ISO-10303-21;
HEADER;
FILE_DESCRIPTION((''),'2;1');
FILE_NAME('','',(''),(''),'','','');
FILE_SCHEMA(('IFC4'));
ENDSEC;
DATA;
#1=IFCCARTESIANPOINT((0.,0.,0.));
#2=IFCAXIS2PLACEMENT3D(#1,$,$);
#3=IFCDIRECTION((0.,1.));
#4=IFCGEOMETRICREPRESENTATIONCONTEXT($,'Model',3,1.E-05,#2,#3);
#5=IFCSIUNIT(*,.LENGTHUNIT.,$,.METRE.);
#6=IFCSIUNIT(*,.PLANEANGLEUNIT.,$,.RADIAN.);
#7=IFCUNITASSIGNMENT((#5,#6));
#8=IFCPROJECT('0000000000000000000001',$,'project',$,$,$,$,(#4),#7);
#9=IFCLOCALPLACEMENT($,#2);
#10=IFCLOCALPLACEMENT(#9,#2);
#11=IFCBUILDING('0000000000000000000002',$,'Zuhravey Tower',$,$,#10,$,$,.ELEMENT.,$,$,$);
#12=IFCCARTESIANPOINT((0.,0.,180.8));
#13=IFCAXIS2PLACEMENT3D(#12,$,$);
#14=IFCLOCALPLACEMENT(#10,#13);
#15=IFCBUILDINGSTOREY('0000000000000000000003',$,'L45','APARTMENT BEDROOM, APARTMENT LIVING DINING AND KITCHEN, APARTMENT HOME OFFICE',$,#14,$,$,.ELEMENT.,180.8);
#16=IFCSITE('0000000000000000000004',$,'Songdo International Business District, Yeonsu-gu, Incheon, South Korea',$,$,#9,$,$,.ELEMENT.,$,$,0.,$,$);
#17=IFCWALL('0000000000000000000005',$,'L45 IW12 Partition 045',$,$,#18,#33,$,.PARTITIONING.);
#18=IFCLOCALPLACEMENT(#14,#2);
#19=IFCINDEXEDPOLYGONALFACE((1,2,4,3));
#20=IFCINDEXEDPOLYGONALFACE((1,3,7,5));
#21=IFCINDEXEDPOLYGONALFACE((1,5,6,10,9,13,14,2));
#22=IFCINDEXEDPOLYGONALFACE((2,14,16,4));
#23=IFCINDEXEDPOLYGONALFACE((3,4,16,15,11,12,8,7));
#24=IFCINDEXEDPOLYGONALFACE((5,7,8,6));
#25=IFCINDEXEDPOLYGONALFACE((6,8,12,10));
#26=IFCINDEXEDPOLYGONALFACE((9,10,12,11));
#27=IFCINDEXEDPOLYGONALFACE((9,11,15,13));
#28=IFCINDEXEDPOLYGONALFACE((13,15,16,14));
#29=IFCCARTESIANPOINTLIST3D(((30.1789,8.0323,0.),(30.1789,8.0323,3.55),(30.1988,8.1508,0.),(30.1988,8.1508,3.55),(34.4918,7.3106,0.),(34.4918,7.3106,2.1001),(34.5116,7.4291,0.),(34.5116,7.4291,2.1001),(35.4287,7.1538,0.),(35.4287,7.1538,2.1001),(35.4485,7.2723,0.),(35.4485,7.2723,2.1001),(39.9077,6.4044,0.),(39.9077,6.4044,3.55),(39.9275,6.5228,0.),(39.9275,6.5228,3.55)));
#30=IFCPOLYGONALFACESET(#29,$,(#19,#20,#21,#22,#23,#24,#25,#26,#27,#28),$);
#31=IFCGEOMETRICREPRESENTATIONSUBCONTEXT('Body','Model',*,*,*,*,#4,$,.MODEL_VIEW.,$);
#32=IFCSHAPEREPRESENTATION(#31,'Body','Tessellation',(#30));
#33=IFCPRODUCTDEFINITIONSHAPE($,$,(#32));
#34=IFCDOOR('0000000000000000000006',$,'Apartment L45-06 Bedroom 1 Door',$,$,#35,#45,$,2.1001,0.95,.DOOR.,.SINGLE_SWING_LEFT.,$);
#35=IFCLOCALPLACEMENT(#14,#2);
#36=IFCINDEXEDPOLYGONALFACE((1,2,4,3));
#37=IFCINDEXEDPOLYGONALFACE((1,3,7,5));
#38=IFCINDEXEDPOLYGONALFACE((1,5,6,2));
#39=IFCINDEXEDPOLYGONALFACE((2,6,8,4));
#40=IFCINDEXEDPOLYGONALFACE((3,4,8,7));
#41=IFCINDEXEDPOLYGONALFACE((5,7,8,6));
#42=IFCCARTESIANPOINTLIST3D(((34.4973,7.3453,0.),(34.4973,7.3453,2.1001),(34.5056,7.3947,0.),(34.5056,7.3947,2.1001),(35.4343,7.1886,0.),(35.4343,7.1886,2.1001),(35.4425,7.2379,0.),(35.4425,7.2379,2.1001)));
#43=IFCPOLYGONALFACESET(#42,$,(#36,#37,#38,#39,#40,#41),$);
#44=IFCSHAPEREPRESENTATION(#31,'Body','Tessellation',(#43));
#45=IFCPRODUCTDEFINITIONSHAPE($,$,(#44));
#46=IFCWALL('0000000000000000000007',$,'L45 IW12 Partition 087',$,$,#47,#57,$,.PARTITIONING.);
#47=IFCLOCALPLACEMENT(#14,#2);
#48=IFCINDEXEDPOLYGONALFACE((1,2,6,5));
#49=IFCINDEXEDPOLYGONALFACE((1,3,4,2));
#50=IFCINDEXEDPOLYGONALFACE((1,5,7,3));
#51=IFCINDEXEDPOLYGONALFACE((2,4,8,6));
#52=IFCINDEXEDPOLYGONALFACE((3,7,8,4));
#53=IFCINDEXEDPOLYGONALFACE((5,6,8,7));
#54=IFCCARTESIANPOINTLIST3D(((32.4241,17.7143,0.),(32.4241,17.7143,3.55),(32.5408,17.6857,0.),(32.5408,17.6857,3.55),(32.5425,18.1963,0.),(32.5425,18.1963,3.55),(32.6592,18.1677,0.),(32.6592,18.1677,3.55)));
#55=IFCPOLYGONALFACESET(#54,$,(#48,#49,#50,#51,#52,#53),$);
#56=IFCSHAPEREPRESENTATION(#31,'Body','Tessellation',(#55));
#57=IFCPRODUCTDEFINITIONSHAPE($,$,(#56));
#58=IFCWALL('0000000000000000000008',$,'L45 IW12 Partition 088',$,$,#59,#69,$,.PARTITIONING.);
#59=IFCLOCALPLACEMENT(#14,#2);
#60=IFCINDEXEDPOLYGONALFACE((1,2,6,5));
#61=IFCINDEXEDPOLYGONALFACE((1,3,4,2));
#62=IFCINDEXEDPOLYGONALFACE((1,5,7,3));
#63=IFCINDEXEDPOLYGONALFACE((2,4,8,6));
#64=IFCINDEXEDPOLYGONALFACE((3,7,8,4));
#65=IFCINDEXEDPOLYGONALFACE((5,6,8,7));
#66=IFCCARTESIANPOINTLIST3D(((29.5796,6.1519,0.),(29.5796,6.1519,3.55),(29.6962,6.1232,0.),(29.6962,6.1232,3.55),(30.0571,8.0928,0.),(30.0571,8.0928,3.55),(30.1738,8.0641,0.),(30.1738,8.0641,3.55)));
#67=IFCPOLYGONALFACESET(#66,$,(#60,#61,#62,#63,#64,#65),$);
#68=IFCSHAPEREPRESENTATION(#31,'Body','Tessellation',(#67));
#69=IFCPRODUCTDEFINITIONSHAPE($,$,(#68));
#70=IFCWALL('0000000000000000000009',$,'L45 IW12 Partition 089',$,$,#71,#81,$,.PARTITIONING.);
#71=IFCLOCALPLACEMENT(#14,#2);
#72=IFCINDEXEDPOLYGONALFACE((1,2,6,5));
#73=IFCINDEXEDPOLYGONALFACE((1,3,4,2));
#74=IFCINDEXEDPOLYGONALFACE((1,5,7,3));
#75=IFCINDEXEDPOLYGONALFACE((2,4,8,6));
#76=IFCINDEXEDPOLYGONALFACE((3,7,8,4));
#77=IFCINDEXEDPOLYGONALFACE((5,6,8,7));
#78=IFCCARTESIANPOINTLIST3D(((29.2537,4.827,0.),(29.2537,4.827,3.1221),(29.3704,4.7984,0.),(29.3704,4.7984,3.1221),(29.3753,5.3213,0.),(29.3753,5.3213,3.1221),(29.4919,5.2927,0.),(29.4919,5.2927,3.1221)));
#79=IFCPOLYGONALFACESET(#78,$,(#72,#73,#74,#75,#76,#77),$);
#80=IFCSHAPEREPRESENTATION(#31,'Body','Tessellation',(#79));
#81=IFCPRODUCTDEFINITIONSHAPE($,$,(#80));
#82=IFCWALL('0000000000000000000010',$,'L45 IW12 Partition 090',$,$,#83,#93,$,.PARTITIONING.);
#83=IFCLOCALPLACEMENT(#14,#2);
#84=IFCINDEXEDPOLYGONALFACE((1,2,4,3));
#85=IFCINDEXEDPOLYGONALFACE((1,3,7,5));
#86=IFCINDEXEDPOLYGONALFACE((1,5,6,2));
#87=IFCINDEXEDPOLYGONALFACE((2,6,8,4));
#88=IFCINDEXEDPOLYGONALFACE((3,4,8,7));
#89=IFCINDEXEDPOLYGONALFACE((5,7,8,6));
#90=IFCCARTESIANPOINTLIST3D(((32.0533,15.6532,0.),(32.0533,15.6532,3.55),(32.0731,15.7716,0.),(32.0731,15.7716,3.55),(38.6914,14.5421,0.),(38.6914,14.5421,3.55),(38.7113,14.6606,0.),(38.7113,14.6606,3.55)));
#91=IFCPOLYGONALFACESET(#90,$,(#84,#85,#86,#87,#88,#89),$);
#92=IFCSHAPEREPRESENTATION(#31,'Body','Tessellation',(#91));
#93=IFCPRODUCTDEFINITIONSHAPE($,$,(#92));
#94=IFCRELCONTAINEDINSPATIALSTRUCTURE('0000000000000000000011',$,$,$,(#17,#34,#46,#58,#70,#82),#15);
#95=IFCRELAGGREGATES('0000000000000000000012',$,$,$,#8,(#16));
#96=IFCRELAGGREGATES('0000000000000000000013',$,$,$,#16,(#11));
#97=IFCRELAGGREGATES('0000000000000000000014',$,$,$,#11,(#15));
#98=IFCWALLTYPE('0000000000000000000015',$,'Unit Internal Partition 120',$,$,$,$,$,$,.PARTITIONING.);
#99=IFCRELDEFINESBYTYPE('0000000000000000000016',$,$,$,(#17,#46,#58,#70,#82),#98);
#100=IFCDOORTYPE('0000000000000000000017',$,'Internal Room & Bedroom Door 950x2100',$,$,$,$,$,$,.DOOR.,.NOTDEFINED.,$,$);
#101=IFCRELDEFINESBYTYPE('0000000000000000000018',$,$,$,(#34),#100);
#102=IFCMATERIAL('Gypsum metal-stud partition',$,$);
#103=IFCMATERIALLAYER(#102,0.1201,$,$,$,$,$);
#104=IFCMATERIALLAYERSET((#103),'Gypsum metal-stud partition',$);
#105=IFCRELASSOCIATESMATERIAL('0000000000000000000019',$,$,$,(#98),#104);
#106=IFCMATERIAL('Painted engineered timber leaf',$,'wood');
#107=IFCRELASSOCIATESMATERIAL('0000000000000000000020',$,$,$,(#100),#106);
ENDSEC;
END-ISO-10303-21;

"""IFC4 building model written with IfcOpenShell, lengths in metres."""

from ifc_helpers import new_model, si_unit, direction, frame, frame_2d, origin, place, context, subcontext, project, spatial, rectangle, extrude, material, layer, layer_set, type_object, element, fill, save


model = new_model("IFC4")

# Units and contexts
model_context = context("Model", 3, precision=1e-05, world=origin(), true_north=direction((0.0, 1.0)))
body_context = subcontext(model_context, "Body", "Model", "MODEL_VIEW")
ifc_project = project(units=[si_unit("LENGTHUNIT", "METRE"), si_unit("PLANEANGLEUNIT", "RADIAN")], contexts=[model_context])

# Site, building, storey
site_placement = place(None, origin())
site = spatial("IfcSite", under=ifc_project, at=site_placement, Name="Songdo International Business District, Yeonsu-gu, Incheon, South Korea", CompositionType="ELEMENT", RefElevation=0.0)
building_placement = place(site_placement, origin())
building = spatial("IfcBuilding", under=site, at=building_placement, Name="Zuhravey Tower", CompositionType="ELEMENT")
storey_placement = place(building_placement, frame((0.0, 0.0, 180.8)))
storey = spatial("IfcBuildingStorey", under=building, at=storey_placement, Name="L45", Description="APARTMENT BEDROOM, APARTMENT LIVING DINING AND KITCHEN, APARTMENT HOME OFFICE", CompositionType="ELEMENT", Elevation=180.8)

# Wall, opening, door
ifc_material_1 = material(Name="Gypsum metal-stud partition")
ifc_layer_1 = layer(ifc_material_1, 0.1201)
ifc_layer_set_1 = layer_set([ifc_layer_1], Name="Gypsum metal-stud partition")
wall_type_1 = type_object("IfcWallType", Name="Unit Internal Partition 120", PredefinedType="PARTITIONING", material=ifc_layer_set_1)
ifc_material_2 = material(Name="Painted engineered timber leaf", Category="wood")
door_type_1 = type_object("IfcDoorType", Name="Internal Room & Bedroom Door 950x2100", OperationType="NOTDEFINED", PredefinedType="DOOR", material=ifc_material_2)
wall_1_placement = place(storey_placement, frame((30.1887, 8.0916, 0.0), z_axis=(0.0, 0.0, 1.0), x_axis=(0.986287, -0.165037, 0.0)))
wall_1 = element("IfcWall", 1, at=wall_1_placement, inside=storey, type_object=wall_type_1, Name="L45 IW12 Partition 045", PredefinedType="PARTITIONING", context=body_context, shape_type="SweptSolid", body=[
    extrude(rectangle(XDim=9.864, YDim=0.1201, at=frame_2d((4.9321, 0.0))), origin(), (0.0, 0.0, 1.0), 3.55),
])
opening_1_placement = place(wall_1_placement, frame((4.3728, 0.0, 0.0)))
opening_1 = element("IfcOpeningElement", 2, at=opening_1_placement, cuts=wall_1, PredefinedType="OPENING", context=body_context, shape_type="SweptSolid", body=[
    extrude(rectangle(XDim=0.95, YDim=2.1001, at=frame_2d((0.4751, 1.05))), frame((0.0, 0.072, 0.0), z_axis=(0.0, -1.0, 0.0), x_axis=(1.0, 0.0, 0.0)), (0.0, 0.0, 1.0), 0.144),
])
door_1_placement = place(opening_1_placement, frame((0.95, 0.0, 0.0), z_axis=(0.0, 0.0, 1.0), x_axis=(-1.0, 0.0, 0.0)))
door_1 = element("IfcDoor", 3, at=door_1_placement, inside=storey, type_object=door_type_1, Name="Apartment L45-06 Bedroom 1 Door", OperationType="SINGLE_SWING_LEFT", OverallHeight=2.1001, OverallWidth=0.95, PredefinedType="DOOR", context=body_context, shape_type="SweptSolid", body=[
    extrude(rectangle(XDim=0.95, YDim=2.1001, at=frame_2d((0.4751, 1.05))), frame((0.0, 0.0249, 0.0), z_axis=(0.0, -1.0, 0.0), x_axis=(1.0, 0.0, 0.0)), (0.0, 0.0, 1.0), 0.05),
])
fill(opening_1, door_1)

# Walls
wall_2_placement = place(storey_placement, frame((32.6008, 18.1819, 0.0), z_axis=(0.0, 0.0, 1.0), x_axis=(-0.238598, -0.971118, 0.0)))
element("IfcWall", 4, at=wall_2_placement, inside=storey, type_object=wall_type_1, Name="L45 IW12 Partition 087", PredefinedType="PARTITIONING", context=body_context, shape_type="SweptSolid", body=[
    extrude(rectangle(XDim=0.4963, YDim=0.1201, at=frame_2d((0.248, 0.0))), origin(), (0.0, 0.0, 1.0), 3.55),
])
wall_3_placement = place(storey_placement, frame((30.1155, 8.0786, 0.0), z_axis=(0.0, 0.0, 1.0), x_axis=(-0.238913, -0.971041, 0.0)))
element("IfcWall", 5, at=wall_3_placement, inside=storey, type_object=wall_type_1, Name="L45 IW12 Partition 088", PredefinedType="PARTITIONING", context=body_context, shape_type="SweptSolid", body=[
    extrude(rectangle(XDim=1.9988, YDim=0.1201, at=frame_2d((0.9995, 0.0))), origin(), (0.0, 0.0, 1.0), 3.55),
])
wall_4_placement = place(storey_placement, frame((29.4336, 5.3069, 0.0), z_axis=(0.0, 0.0, 1.0), x_axis=(-0.23881, -0.971066, 0.0)))
element("IfcWall", 6, at=wall_4_placement, inside=storey, type_object=wall_type_1, Name="L45 IW12 Partition 089", PredefinedType="PARTITIONING", context=body_context, shape_type="SweptSolid", body=[
    extrude(rectangle(XDim=0.509, YDim=0.1201, at=frame_2d((0.2544, 0.0))), origin(), (0.0, 0.0, 1.0), 3.1221),
])
wall_5_placement = place(storey_placement, frame((32.0632, 15.7124, 0.0), z_axis=(0.0, 0.0, 1.0), x_axis=(0.98628, -0.165081, 0.0)))
element("IfcWall", 7, at=wall_5_placement, inside=storey, type_object=wall_type_1, Name="L45 IW12 Partition 090", PredefinedType="PARTITIONING", context=body_context, shape_type="SweptSolid", body=[
    extrude(rectangle(XDim=6.7305, YDim=0.1201, at=frame_2d((3.3652, 0.0))), origin(), (0.0, 0.0, 1.0), 3.55),
])

save(model, "model.ifc")
